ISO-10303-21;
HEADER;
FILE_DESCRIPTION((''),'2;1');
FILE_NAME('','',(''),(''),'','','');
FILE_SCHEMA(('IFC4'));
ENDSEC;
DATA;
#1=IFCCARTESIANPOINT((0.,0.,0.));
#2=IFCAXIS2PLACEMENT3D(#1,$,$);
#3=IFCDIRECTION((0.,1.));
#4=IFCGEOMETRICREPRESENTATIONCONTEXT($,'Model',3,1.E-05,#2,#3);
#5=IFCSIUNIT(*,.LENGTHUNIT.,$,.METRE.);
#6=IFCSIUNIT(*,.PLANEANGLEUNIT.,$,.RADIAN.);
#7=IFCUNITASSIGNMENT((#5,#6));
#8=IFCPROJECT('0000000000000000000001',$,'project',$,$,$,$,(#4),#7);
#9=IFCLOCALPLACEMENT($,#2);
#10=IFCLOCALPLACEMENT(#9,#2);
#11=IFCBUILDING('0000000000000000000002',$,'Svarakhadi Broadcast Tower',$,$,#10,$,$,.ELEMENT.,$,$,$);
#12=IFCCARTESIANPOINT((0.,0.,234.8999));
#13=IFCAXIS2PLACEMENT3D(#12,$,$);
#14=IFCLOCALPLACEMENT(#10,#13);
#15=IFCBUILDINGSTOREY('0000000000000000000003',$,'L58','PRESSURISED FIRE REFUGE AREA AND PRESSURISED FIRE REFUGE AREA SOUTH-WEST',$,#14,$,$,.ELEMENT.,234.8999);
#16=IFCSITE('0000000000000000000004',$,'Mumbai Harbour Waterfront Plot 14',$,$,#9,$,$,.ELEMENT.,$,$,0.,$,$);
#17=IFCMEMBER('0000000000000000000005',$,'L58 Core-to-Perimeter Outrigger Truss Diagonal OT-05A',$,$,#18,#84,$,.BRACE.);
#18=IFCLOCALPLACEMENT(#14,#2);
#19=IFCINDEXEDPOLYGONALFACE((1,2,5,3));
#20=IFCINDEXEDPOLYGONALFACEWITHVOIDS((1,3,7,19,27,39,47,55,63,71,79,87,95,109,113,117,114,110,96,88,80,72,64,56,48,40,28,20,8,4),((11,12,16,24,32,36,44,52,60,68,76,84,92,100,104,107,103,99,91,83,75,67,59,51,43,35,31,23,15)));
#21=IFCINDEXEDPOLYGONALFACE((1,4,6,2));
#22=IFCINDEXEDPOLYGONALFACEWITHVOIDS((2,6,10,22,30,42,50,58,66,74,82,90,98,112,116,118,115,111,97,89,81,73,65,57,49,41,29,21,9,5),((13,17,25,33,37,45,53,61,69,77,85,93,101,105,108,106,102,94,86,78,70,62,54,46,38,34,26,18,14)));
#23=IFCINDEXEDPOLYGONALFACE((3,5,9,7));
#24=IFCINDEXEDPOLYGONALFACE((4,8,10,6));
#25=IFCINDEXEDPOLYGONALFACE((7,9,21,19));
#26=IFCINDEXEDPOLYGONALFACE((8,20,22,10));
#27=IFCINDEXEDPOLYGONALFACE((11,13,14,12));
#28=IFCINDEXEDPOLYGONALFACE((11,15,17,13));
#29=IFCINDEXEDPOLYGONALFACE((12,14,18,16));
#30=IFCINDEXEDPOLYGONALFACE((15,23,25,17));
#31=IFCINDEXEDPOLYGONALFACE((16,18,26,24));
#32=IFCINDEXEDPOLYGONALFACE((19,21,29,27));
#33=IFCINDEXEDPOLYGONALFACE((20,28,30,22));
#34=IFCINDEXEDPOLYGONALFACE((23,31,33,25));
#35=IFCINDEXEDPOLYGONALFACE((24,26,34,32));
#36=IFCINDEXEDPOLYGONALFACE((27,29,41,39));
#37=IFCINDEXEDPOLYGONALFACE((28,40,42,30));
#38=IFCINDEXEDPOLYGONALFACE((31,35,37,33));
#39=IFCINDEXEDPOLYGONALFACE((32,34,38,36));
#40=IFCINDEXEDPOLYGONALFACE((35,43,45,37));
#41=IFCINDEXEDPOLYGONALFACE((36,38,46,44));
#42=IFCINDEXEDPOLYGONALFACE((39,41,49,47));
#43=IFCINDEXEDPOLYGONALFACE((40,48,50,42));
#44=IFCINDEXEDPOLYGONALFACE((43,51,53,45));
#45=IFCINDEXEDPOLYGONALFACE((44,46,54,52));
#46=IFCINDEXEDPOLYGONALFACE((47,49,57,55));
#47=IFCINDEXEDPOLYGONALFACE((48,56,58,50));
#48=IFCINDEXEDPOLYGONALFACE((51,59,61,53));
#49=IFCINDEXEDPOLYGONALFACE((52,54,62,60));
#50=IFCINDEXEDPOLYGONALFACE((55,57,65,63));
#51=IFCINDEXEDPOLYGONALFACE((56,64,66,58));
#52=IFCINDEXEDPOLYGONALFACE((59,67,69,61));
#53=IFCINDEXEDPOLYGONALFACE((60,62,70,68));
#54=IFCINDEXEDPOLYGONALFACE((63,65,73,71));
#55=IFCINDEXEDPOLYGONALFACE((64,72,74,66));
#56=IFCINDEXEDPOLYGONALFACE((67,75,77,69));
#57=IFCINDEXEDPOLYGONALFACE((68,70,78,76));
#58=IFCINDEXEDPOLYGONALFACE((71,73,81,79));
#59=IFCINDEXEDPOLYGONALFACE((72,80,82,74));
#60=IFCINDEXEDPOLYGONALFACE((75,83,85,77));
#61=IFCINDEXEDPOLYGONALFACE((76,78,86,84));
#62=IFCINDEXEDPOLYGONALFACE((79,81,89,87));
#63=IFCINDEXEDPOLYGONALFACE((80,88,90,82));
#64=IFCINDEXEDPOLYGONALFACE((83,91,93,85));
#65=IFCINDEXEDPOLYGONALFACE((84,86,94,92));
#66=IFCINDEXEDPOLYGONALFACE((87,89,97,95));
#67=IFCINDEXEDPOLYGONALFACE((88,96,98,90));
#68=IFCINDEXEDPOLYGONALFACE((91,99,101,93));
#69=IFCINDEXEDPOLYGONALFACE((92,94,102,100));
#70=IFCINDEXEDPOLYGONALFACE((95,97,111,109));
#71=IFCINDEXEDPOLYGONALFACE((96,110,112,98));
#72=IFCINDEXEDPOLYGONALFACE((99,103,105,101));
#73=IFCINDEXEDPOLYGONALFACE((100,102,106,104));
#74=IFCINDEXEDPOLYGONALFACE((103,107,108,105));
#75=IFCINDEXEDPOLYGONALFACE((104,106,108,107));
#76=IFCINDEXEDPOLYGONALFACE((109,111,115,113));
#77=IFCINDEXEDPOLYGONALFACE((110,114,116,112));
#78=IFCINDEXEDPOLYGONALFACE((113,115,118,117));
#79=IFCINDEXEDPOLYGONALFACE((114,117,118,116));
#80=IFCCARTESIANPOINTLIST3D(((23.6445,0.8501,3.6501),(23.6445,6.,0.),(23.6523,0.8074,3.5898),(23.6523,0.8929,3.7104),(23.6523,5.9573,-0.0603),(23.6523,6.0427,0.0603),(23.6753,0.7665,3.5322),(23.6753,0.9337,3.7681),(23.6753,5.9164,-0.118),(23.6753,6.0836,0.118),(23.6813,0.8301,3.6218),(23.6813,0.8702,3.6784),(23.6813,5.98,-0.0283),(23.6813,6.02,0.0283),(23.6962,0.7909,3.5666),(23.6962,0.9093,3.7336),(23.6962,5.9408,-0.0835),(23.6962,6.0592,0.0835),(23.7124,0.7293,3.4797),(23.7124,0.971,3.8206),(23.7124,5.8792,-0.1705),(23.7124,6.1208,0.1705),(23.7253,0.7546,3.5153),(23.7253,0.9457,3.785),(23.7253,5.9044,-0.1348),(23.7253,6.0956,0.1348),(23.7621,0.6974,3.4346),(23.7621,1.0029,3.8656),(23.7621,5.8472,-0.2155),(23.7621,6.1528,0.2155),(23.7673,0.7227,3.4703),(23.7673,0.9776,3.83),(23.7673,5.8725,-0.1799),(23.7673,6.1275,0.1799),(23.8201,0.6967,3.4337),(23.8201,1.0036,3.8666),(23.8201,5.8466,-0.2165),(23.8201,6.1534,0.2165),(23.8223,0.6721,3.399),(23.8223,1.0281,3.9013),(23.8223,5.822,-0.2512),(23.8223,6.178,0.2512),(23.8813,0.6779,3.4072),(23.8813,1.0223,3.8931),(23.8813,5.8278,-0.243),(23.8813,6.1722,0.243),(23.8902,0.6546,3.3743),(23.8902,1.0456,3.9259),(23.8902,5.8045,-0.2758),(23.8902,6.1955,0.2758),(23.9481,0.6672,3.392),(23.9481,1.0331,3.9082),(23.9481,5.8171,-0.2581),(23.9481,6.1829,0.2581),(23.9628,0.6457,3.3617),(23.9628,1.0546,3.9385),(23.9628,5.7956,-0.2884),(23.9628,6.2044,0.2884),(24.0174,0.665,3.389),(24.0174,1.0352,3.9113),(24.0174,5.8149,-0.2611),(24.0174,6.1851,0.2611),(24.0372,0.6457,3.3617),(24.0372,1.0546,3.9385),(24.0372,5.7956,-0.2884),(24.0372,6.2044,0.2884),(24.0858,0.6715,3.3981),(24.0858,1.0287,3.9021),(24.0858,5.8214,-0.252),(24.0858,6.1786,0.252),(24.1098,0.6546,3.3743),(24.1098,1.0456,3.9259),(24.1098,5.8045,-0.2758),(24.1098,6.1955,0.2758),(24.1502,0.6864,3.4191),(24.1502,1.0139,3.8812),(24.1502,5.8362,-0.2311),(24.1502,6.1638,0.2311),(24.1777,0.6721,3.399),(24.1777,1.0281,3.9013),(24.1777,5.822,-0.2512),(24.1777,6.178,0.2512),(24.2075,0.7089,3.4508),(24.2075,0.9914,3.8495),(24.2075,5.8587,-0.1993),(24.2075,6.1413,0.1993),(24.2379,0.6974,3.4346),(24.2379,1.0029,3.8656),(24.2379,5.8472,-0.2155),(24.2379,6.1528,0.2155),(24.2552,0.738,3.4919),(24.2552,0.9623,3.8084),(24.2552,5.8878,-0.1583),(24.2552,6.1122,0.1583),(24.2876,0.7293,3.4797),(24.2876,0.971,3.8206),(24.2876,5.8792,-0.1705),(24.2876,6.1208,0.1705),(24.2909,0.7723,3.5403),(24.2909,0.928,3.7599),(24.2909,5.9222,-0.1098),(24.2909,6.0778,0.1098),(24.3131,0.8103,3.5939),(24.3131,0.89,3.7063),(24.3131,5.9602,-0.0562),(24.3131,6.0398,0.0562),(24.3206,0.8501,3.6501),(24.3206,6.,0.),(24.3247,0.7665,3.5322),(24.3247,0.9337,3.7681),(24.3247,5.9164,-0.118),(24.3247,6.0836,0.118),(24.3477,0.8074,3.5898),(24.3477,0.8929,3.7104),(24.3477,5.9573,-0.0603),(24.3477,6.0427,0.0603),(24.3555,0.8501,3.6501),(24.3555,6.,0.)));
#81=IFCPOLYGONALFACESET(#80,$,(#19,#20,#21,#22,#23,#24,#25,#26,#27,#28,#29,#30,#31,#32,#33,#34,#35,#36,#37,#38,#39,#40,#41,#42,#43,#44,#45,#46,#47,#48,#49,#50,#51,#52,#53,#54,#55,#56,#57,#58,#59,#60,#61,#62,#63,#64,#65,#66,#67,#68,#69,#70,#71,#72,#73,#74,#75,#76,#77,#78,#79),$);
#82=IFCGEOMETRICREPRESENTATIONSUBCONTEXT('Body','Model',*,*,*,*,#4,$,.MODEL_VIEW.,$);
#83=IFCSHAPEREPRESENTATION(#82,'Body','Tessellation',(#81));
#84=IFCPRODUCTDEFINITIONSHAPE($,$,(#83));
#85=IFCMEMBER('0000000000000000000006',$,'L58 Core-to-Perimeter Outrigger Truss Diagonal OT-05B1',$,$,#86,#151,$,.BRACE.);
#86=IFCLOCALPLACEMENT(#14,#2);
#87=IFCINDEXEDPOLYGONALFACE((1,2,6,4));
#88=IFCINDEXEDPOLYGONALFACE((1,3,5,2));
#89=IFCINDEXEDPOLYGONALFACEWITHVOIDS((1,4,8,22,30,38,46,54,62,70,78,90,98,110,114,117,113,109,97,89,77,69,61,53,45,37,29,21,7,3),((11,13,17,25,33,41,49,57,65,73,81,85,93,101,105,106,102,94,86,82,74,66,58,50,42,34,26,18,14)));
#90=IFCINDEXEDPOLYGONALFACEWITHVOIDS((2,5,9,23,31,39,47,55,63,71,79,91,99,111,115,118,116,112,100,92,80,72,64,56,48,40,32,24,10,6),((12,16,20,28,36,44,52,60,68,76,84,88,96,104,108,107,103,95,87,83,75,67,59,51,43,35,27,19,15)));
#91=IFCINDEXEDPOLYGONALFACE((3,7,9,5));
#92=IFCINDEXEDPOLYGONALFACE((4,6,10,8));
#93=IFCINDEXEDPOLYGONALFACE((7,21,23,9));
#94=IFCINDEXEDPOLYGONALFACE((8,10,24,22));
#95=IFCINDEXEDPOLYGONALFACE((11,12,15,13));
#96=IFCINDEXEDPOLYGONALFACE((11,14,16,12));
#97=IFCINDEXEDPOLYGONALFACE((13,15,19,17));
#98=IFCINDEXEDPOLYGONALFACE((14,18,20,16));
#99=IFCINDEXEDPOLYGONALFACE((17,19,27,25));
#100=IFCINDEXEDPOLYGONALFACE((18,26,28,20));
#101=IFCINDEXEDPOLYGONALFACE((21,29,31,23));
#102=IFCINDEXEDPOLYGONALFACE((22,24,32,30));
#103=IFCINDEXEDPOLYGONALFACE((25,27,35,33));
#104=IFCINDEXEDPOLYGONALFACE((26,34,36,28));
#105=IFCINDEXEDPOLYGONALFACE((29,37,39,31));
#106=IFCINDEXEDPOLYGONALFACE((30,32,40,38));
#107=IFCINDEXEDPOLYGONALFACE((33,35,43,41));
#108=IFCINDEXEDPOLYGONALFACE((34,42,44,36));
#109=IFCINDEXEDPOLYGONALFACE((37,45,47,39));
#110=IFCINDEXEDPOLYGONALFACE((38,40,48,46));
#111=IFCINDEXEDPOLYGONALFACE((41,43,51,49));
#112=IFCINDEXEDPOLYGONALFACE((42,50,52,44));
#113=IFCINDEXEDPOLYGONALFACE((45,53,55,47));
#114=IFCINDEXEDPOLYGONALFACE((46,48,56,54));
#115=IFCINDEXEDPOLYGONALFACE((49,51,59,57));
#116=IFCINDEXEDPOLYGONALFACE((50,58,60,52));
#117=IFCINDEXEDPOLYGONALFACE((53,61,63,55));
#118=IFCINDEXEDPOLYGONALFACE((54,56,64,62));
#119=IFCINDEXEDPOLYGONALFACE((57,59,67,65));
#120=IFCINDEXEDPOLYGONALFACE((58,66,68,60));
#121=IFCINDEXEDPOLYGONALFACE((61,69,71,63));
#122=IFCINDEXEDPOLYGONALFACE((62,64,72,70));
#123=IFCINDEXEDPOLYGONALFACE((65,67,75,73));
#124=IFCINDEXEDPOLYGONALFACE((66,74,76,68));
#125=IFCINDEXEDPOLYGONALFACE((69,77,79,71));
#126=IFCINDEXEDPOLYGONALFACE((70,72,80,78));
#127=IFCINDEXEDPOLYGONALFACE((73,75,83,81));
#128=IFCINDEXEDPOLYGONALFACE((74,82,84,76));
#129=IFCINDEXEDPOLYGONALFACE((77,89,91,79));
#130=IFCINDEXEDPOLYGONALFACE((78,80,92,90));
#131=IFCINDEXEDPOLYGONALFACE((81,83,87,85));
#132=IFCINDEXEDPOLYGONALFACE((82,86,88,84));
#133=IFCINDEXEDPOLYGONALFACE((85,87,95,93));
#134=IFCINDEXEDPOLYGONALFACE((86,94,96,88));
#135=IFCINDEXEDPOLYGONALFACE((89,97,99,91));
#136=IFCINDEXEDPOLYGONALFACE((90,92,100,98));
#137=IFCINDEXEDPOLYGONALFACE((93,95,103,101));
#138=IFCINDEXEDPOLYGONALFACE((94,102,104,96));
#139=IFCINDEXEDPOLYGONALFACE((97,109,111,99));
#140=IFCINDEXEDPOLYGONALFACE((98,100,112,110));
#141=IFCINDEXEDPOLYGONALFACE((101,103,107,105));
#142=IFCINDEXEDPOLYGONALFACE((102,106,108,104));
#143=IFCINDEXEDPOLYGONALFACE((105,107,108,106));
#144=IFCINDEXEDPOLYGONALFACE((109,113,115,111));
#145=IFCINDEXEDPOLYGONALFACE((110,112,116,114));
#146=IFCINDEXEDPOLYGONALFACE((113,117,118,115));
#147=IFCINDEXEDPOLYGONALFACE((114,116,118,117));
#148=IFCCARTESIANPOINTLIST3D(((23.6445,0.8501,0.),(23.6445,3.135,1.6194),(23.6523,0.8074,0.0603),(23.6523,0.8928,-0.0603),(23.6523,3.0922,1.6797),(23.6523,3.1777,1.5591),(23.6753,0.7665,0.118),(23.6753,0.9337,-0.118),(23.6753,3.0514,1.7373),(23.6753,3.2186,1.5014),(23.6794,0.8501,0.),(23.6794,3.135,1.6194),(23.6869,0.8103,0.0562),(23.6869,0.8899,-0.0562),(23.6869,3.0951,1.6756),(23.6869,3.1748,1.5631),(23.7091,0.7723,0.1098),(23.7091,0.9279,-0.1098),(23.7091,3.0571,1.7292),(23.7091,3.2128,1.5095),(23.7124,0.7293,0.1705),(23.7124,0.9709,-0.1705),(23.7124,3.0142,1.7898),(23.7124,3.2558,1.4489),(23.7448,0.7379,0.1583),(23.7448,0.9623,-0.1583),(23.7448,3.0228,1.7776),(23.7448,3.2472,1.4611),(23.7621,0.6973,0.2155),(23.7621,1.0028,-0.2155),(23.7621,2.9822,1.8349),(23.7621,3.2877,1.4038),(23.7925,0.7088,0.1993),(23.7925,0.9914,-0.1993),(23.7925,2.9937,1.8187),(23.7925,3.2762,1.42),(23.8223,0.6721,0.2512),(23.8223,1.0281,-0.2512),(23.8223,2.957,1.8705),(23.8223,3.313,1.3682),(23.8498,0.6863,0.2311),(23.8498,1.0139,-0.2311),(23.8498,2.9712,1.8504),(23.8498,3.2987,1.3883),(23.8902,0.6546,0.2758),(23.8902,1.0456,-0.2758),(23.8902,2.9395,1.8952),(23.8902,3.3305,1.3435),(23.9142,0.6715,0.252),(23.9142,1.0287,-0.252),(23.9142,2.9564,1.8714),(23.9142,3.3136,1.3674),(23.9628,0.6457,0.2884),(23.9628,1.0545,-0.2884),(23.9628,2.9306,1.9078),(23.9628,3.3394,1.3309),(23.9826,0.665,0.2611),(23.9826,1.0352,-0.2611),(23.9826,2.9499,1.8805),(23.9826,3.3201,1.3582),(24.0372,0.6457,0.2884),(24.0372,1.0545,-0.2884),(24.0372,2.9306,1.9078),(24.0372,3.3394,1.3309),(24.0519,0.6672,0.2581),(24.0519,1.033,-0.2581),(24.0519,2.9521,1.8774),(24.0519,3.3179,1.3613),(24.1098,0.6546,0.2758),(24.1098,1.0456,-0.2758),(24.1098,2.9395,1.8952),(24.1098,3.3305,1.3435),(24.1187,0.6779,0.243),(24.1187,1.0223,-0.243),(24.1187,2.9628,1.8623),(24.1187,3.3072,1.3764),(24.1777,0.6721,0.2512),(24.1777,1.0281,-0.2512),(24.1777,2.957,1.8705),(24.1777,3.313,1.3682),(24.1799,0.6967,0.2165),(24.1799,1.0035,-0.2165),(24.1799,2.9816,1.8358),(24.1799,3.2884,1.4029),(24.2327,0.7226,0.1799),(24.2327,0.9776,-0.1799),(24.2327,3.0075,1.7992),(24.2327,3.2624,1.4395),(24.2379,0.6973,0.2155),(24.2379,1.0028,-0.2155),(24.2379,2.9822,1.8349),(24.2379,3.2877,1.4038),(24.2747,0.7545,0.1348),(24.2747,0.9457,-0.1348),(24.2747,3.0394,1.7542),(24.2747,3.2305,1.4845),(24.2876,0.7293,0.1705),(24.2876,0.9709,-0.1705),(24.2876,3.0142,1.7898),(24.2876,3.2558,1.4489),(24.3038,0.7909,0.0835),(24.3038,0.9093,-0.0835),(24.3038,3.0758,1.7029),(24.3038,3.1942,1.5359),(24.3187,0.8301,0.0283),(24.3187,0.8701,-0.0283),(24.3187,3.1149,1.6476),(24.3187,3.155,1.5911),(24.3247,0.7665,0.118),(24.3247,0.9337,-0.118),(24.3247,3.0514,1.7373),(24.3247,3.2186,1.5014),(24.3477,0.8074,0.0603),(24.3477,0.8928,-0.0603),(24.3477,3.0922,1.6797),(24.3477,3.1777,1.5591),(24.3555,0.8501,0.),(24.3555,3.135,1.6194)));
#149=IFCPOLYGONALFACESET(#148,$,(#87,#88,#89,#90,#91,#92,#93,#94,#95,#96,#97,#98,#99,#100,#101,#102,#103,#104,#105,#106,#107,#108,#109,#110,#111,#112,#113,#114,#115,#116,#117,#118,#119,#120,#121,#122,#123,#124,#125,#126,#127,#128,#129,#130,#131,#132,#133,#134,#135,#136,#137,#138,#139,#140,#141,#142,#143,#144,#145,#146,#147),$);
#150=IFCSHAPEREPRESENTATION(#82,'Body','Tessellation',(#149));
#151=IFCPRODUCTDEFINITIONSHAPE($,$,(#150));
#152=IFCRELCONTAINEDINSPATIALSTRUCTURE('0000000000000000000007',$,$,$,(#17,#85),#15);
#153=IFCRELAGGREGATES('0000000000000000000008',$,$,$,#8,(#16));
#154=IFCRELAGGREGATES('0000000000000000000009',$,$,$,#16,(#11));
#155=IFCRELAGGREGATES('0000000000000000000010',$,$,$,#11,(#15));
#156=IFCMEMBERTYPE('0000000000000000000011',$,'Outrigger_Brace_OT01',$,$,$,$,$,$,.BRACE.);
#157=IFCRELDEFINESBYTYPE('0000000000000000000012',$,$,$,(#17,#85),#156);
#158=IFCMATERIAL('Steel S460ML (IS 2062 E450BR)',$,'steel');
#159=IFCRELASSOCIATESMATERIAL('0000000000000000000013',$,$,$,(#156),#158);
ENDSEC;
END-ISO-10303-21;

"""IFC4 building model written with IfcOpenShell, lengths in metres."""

from ifc_helpers import new_model, si_unit, direction, frame, origin, origin_2d, place, context, subcontext, project, spatial, hollow_circle, extrude, material, material_profile, profile_set, type_object, element, save


model = new_model("IFC4")

# Units and contexts
model_context = context("Model", 3, precision=1e-05, world=origin(), true_north=direction((0.0, 1.0)))
body_context = subcontext(model_context, "Body", "Model", "MODEL_VIEW")
ifc_project = project(units=[si_unit("LENGTHUNIT", "METRE"), si_unit("PLANEANGLEUNIT", "RADIAN")], contexts=[model_context])

# Site, building, storey
site_placement = place(None, origin())
site = spatial("IfcSite", under=ifc_project, at=site_placement, Name="Mumbai Harbour Waterfront Plot 14", CompositionType="ELEMENT", RefElevation=0.0)
building_placement = place(site_placement, origin())
building = spatial("IfcBuilding", under=site, at=building_placement, Name="Svarakhadi Broadcast Tower", CompositionType="ELEMENT")
storey_placement = place(building_placement, frame((0.0, 0.0, 234.8999)))
storey = spatial("IfcBuildingStorey", under=building, at=storey_placement, Name="L58", Description="PRESSURISED FIRE REFUGE AREA AND PRESSURISED FIRE REFUGE AREA SOUTH-WEST", CompositionType="ELEMENT", Elevation=234.8999)

# Shared definitions
ifc_material_1 = material(Name="Steel S460ML (IS 2062 E450BR)", Category="steel")

# Members
ifc_material_profile_1 = material_profile(ifc_material_1, hollow_circle(Radius=0.3555, WallThickness=0.0349, at=origin_2d()), Name="CHS 711x35")
ifc_profile_set_1 = profile_set([ifc_material_profile_1], Name="Steel S460ML (IS 2062 E450BR)")
member_type_1 = type_object("IfcMemberType", Name="Outrigger_Brace_OT01", PredefinedType="BRACE", material=ifc_profile_set_1)
member_1_placement = place(storey_placement, frame((24.0, 6.0, 0.0), z_axis=(0.0, -0.815853, 0.57826), x_axis=(1.0, 0.0, 0.0)))
element("IfcMember", 1, at=member_1_placement, inside=storey, type_object=member_type_1, Name="L58 Core-to-Perimeter Outrigger Truss Diagonal OT-05A", PredefinedType="BRACE", context=body_context, shape_type="SweptSolid", body=[
    extrude(hollow_circle(Radius=0.3555, WallThickness=0.0349, at=origin_2d()), origin(), (0.0, 0.0, 1.0), 6.3123),
])
for number, where, z_axis, x_axis, name in (
    (2, (24.0, 0.8501, 0.0), (0.0, 0.815872, 0.578233), (-1.0, 0.0, 0.0), "L58 Core-to-Perimeter Outrigger Truss Diagonal OT-05B1"),
):
    element("IfcMember", number, at=place(storey_placement, frame(where, z_axis=z_axis, x_axis=x_axis)), inside=storey, type_object=member_type_1, Name=name, PredefinedType="BRACE", context=body_context, shape_type="SweptSolid", body=[
        extrude(hollow_circle(Radius=0.3555, WallThickness=0.0349, at=origin_2d()), origin(), (0.0, 0.0, 1.0), 2.8005),
    ])

save(model, "model.ifc")
